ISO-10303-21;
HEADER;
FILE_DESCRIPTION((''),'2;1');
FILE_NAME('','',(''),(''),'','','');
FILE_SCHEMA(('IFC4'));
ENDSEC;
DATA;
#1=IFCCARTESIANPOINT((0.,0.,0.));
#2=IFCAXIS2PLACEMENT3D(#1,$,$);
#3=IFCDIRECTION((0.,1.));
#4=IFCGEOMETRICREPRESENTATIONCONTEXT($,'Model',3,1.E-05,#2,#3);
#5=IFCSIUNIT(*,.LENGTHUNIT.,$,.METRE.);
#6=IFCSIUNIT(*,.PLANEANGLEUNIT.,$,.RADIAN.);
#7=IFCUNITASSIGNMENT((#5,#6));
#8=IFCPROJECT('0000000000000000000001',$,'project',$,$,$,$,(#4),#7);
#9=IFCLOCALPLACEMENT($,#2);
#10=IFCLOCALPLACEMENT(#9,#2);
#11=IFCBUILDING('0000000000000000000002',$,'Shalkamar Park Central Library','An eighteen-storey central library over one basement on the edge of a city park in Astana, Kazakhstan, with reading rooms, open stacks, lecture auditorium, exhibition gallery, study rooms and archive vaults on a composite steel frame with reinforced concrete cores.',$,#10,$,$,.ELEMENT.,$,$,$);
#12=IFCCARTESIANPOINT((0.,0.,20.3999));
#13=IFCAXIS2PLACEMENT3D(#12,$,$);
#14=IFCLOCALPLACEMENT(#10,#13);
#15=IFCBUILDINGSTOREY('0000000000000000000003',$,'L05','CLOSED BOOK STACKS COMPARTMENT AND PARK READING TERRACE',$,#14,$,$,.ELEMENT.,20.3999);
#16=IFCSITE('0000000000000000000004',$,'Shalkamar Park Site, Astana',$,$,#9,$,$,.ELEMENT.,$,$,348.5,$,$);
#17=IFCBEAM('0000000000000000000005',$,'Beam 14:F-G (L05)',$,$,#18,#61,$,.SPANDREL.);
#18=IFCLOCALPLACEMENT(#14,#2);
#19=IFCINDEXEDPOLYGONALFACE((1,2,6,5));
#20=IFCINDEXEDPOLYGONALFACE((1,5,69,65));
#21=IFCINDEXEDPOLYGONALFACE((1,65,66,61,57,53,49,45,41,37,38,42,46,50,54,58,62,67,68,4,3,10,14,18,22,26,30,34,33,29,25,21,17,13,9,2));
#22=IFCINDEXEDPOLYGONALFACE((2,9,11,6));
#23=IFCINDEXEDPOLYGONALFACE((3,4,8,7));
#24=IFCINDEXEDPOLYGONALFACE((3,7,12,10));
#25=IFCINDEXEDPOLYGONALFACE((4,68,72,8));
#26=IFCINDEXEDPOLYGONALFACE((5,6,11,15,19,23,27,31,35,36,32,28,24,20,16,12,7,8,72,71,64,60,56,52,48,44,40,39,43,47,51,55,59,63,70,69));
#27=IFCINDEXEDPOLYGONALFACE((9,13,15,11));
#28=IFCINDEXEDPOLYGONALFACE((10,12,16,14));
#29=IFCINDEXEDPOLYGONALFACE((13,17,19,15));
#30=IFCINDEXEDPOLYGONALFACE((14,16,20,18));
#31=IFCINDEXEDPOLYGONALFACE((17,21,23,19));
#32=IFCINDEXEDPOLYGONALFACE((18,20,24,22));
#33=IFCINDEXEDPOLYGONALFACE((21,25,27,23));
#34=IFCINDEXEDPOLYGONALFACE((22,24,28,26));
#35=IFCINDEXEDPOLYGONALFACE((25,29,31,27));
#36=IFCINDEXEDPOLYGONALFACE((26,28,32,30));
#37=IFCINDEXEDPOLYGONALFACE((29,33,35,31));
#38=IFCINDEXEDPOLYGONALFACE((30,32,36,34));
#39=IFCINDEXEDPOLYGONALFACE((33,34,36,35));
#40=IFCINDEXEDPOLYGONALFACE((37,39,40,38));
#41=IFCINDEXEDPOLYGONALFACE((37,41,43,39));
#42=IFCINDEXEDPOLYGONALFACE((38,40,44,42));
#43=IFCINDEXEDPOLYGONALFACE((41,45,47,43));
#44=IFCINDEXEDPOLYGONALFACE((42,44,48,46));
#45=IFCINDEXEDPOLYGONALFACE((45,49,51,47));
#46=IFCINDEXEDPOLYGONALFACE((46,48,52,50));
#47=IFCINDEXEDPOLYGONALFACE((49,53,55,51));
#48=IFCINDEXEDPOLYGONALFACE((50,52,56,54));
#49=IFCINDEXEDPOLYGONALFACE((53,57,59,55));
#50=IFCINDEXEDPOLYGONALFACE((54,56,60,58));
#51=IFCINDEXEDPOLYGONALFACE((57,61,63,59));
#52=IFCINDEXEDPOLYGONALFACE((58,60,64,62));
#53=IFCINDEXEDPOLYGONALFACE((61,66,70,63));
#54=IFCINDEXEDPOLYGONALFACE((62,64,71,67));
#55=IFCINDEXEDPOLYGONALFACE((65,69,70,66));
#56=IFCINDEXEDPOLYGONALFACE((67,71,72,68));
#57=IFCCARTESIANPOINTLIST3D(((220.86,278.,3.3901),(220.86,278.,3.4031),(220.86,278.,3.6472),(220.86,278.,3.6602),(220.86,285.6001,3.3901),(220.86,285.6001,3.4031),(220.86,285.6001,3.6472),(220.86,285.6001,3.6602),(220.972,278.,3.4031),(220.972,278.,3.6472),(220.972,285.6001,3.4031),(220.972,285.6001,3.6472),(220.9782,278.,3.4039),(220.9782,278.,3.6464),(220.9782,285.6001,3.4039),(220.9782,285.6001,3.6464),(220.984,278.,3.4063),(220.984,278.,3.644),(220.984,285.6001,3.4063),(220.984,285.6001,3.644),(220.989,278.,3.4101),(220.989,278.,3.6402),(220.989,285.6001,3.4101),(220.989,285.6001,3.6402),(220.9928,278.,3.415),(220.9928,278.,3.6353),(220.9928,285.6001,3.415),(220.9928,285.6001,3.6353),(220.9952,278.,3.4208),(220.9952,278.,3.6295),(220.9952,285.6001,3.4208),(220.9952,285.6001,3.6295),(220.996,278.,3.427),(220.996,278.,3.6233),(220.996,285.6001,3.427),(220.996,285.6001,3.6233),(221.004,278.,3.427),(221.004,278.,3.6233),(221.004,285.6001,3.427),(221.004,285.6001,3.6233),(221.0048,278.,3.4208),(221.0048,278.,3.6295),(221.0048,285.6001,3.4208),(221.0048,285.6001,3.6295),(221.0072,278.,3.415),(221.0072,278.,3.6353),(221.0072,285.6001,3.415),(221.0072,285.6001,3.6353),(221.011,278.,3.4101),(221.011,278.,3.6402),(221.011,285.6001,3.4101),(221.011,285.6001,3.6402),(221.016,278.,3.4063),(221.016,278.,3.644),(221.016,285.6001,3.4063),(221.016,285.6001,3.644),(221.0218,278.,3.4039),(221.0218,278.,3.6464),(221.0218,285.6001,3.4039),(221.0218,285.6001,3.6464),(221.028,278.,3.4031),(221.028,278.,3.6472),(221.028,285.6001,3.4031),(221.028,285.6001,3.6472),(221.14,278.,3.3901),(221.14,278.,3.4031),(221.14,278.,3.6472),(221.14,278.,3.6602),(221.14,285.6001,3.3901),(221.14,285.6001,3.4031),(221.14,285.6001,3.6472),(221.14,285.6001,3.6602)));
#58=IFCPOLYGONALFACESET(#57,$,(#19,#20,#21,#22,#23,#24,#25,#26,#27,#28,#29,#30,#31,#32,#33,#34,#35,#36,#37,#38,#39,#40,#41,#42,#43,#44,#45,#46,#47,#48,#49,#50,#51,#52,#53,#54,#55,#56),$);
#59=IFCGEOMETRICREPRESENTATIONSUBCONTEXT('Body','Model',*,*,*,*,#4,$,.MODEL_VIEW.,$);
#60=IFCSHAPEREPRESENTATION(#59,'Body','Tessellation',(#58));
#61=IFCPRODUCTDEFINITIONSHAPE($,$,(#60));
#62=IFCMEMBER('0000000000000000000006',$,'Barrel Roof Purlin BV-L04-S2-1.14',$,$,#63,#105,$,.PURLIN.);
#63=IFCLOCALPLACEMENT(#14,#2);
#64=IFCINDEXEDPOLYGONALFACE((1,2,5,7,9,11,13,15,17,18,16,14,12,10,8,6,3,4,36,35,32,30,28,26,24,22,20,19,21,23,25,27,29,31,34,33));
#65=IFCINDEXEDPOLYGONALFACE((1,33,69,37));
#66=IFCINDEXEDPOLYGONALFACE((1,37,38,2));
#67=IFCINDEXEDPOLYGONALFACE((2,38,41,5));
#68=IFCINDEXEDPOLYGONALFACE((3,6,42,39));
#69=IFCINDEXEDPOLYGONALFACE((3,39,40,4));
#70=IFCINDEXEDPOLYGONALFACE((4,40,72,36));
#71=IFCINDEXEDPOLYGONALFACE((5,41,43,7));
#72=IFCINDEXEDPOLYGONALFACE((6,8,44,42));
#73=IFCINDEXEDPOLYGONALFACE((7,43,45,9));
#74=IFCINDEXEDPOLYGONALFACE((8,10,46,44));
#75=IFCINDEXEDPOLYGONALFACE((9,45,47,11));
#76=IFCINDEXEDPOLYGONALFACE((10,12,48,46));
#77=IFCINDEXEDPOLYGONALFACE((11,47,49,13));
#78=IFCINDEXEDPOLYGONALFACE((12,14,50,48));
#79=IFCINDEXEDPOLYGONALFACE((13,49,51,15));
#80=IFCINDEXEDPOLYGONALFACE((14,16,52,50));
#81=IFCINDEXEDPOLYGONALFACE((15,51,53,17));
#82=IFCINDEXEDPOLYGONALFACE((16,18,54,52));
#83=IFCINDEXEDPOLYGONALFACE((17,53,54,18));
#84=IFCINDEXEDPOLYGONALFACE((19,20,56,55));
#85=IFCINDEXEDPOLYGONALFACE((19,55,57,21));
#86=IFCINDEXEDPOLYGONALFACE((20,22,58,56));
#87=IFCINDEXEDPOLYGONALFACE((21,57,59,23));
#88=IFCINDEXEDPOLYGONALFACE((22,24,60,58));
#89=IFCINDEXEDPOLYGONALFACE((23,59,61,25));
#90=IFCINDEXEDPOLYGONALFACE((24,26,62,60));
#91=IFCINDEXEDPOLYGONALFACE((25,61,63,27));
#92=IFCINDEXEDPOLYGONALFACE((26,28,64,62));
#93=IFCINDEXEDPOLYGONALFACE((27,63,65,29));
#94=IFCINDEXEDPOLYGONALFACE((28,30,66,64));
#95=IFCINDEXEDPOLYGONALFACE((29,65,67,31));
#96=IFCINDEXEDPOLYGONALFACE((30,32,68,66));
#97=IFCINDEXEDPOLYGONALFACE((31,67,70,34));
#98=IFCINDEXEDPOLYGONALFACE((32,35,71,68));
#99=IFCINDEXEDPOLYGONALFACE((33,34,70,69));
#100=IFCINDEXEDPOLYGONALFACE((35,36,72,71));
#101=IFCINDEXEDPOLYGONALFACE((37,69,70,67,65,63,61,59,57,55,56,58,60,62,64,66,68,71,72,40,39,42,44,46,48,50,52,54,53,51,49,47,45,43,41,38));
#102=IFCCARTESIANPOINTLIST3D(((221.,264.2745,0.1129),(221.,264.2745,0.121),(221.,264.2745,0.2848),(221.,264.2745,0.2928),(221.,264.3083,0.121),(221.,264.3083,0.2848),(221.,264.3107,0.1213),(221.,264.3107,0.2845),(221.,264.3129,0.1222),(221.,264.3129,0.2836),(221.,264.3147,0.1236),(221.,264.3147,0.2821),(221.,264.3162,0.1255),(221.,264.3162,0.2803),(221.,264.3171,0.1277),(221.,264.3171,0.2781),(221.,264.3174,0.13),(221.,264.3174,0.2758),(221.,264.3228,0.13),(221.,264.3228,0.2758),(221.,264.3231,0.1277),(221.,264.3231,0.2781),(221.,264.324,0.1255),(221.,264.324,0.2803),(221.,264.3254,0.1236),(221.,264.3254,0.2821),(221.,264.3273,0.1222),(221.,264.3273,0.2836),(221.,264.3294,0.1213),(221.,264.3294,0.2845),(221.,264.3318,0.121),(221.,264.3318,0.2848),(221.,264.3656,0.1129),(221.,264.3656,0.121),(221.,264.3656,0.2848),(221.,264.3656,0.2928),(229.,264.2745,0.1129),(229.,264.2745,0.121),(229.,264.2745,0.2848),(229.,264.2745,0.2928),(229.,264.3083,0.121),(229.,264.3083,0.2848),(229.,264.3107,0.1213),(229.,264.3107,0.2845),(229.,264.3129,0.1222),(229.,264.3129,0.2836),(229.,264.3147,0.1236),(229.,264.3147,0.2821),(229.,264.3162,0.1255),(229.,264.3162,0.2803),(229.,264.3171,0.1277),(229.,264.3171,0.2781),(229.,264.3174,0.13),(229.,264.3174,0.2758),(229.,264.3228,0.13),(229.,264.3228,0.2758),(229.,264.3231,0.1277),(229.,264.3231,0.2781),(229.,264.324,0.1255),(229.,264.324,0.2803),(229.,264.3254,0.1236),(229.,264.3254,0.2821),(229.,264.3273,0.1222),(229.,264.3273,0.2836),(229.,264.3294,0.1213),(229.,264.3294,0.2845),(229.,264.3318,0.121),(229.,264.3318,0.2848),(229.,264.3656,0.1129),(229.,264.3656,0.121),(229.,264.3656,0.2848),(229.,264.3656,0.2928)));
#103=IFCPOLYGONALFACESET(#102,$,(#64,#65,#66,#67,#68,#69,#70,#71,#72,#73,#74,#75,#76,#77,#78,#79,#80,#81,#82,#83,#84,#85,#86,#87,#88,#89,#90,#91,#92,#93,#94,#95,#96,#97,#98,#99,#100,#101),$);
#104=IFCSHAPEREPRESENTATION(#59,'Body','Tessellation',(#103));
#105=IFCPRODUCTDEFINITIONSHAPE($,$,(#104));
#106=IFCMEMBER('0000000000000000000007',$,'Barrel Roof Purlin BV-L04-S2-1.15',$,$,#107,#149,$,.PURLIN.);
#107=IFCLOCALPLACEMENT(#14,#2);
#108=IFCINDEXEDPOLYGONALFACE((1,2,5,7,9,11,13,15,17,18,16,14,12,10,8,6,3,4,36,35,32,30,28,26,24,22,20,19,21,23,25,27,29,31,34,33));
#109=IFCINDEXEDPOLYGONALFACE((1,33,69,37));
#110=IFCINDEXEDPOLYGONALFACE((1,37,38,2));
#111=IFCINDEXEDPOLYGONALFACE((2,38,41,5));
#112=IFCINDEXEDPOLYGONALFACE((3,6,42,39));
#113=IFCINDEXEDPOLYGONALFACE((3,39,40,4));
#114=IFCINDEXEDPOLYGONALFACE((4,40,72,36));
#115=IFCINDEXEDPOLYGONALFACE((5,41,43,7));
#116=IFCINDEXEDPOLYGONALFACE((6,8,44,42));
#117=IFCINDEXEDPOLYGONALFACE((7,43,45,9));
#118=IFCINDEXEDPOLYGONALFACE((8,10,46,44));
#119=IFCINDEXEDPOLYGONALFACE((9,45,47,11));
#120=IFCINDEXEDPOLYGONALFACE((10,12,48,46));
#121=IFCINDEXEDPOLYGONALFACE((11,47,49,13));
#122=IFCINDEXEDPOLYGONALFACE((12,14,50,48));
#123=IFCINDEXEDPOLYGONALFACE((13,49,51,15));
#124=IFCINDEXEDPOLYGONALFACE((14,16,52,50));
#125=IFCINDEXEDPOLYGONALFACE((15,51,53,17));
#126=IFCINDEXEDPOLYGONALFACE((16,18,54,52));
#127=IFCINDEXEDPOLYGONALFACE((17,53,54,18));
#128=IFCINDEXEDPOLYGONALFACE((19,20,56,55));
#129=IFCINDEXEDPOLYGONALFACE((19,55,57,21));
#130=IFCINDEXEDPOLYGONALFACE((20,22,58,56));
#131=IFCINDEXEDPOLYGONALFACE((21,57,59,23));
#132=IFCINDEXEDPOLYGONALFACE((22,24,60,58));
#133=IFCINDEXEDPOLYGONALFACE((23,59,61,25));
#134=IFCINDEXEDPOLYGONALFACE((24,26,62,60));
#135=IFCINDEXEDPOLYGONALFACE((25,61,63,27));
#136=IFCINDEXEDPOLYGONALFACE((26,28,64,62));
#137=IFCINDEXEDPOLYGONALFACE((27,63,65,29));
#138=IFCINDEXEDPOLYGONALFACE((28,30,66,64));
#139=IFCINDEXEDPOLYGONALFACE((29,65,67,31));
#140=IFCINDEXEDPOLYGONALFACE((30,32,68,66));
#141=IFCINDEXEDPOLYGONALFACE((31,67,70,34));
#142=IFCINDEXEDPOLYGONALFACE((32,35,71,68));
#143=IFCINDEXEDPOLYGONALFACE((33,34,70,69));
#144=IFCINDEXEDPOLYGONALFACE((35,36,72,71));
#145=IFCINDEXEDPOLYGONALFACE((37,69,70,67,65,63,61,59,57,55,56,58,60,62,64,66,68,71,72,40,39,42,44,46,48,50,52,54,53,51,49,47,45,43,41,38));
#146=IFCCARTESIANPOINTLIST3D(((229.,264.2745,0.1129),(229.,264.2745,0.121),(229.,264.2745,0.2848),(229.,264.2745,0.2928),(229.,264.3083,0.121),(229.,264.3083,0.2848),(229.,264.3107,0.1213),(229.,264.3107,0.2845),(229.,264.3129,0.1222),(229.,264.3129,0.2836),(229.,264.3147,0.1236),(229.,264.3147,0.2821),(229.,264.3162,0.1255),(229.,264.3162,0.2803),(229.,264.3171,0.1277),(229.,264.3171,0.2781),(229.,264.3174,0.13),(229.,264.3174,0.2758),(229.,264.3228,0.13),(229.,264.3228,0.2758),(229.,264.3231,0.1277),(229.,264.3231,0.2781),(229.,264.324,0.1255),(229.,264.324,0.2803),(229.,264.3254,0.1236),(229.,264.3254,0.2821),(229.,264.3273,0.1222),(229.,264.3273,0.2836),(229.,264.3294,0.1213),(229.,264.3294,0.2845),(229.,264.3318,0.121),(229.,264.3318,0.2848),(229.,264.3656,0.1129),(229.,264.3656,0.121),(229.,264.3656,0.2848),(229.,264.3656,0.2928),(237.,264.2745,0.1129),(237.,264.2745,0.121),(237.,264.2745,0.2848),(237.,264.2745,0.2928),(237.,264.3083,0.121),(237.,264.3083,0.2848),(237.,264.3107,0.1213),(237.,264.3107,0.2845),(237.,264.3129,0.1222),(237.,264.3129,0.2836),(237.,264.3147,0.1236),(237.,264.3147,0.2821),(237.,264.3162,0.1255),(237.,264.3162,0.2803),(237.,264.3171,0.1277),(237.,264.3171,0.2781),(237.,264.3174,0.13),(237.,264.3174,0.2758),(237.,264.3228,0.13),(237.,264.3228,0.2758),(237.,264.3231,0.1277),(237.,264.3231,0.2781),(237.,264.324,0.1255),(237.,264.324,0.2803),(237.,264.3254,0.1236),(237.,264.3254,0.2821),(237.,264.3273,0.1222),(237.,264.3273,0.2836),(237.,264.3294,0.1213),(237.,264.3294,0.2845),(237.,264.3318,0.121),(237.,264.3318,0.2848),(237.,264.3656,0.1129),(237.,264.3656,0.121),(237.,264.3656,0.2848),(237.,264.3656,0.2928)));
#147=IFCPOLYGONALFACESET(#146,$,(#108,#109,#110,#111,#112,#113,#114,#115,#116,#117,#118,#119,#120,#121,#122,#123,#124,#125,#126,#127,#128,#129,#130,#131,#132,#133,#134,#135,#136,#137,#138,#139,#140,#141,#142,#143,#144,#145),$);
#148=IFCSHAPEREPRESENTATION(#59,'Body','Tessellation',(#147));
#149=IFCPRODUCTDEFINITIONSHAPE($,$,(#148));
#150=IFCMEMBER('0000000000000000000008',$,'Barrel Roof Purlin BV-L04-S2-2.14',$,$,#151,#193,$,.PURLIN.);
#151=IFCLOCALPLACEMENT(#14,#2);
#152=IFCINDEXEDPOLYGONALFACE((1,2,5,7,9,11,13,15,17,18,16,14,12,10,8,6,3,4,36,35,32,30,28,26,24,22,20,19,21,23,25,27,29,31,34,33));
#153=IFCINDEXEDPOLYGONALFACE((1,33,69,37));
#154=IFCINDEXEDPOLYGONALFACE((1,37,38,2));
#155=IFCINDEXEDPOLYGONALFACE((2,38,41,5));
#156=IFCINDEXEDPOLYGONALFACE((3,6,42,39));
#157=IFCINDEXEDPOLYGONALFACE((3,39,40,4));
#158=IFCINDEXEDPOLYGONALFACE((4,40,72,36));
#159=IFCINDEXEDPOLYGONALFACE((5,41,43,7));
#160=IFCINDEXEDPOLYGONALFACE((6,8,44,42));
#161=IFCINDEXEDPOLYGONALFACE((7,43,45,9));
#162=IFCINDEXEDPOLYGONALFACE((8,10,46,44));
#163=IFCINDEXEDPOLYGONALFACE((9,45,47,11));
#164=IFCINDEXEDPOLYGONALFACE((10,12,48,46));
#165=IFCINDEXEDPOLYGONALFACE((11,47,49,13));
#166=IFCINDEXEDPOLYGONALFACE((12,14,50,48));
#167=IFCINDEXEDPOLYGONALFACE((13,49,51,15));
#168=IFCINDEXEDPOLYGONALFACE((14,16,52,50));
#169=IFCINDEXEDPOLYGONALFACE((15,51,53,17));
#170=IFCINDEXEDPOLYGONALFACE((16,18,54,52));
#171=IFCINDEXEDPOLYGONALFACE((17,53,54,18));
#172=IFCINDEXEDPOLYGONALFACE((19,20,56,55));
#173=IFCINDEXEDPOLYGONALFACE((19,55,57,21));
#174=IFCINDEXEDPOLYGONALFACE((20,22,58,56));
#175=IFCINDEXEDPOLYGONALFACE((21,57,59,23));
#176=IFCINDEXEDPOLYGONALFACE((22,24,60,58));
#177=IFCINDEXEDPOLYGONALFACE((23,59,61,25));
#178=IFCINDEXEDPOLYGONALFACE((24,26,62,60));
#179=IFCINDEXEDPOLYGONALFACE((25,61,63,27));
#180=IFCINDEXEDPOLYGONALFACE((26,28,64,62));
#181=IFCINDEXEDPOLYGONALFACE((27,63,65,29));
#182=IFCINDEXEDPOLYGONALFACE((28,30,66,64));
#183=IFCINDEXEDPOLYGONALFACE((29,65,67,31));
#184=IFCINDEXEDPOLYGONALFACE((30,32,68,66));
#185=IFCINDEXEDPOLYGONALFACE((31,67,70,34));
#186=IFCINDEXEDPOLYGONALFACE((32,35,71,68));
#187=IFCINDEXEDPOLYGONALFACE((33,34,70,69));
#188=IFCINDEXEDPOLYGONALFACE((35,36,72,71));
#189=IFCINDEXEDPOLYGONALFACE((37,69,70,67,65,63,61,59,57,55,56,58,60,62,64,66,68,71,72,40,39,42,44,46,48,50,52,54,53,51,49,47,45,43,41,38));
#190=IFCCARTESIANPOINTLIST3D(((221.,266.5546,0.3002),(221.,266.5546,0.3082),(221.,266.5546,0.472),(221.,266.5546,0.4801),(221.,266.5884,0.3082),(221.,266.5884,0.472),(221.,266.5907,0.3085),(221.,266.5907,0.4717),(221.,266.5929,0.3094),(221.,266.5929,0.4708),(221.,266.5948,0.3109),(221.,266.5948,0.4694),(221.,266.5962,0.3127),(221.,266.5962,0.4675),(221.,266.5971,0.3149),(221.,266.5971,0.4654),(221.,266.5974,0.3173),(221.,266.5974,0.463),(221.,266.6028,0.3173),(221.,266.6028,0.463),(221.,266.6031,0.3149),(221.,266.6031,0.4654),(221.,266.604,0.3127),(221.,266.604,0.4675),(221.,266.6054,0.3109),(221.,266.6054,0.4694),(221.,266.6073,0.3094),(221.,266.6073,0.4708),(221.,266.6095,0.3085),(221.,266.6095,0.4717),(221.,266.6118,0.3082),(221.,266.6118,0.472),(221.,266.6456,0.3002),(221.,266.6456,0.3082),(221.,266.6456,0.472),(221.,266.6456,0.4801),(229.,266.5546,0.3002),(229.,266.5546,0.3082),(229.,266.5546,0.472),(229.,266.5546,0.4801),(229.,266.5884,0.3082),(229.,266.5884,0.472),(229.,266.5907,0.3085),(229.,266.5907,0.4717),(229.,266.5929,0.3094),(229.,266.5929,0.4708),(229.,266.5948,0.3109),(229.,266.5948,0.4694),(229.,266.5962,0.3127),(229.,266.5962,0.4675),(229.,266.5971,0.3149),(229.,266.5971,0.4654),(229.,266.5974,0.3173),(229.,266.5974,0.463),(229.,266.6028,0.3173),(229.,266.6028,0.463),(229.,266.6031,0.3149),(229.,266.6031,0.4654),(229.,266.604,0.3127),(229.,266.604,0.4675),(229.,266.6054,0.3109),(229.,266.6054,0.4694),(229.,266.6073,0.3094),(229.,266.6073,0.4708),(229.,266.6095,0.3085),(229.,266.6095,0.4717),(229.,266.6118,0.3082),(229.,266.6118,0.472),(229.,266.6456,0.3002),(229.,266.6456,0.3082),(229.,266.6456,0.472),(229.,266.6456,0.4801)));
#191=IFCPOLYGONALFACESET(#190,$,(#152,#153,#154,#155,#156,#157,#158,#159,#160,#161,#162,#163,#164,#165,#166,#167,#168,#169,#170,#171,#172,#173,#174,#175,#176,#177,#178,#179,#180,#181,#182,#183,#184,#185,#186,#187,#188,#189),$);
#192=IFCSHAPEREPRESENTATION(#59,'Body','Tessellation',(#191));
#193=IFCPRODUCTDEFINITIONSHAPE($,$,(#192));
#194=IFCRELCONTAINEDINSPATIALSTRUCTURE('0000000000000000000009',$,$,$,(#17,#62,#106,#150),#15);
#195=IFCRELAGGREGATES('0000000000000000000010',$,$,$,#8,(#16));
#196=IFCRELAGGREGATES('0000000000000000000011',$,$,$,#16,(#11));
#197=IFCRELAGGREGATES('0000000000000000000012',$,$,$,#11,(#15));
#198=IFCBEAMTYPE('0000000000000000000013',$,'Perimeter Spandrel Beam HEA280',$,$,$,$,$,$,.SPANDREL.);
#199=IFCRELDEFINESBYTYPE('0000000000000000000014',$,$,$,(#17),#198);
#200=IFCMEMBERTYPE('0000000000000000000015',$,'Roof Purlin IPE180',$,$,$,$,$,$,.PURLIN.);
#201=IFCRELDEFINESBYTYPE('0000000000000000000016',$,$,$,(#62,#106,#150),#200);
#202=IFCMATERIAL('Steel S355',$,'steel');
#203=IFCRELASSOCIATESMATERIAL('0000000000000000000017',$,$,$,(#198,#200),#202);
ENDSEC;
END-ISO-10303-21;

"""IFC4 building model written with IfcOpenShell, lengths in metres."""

from ifc_helpers import new_model, si_unit, direction, frame, origin, origin_2d, place, context, subcontext, project, spatial, i_section, extrude, material, material_profile, profile_set, type_object, element, save


model = new_model("IFC4")

# Units and contexts
model_context = context("Model", 3, precision=1e-05, world=origin(), true_north=direction((0.0, 1.0)))
body_context = subcontext(model_context, "Body", "Model", "MODEL_VIEW")
ifc_project = project(units=[si_unit("LENGTHUNIT", "METRE"), si_unit("PLANEANGLEUNIT", "RADIAN")], contexts=[model_context])

# Site, building, storey
site_placement = place(None, origin())
site = spatial("IfcSite", under=ifc_project, at=site_placement, Name="Shalkamar Park Site, Astana", CompositionType="ELEMENT", RefElevation=348.5)
building_placement = place(site_placement, origin())
building = spatial("IfcBuilding", under=site, at=building_placement, Name="Shalkamar Park Central Library", Description="An eighteen-storey central library over one basement on the edge of a city park in Astana, Kazakhstan, with reading rooms, open stacks, lecture auditorium, exhibition gallery, study rooms and archive vaults on a composite steel frame with reinforced concrete cores.", CompositionType="ELEMENT")
storey_placement = place(building_placement, frame((0.0, 0.0, 20.3999)))
storey = spatial("IfcBuildingStorey", under=building, at=storey_placement, Name="L05", Description="CLOSED BOOK STACKS COMPARTMENT AND PARK READING TERRACE", CompositionType="ELEMENT", Elevation=20.3999)

# Shared definitions
ifc_material_1 = material(Name="Steel S355", Category="steel")

# Beam
ifc_material_profile_1 = material_profile(ifc_material_1, i_section(OverallWidth=0.28, OverallDepth=0.27, WebThickness=0.0081, FlangeThickness=0.0129, FilletRadius=0.0239, at=origin_2d()), Name="HEA 280")
ifc_profile_set_1 = profile_set([ifc_material_profile_1], Name="Steel S355")
beam_type = type_object("IfcBeamType", Name="Perimeter Spandrel Beam HEA280", PredefinedType="SPANDREL", material=ifc_profile_set_1)
for number, where, z_axis, x_axis, name in (
    (1, (221.0, 278.0, 3.5251), (0.0, 1.0, 0.0), (-1.0, 0.0, 0.0), "Beam 14:F-G (L05)"),
):
    element("IfcBeam", number, at=place(storey_placement, frame(where, z_axis=z_axis, x_axis=x_axis)), inside=storey, type_object=beam_type, Name=name, PredefinedType="SPANDREL", context=body_context, shape_type="SweptSolid", body=[
        extrude(i_section(OverallWidth=0.28, OverallDepth=0.27, WebThickness=0.0081, FlangeThickness=0.0129, FilletRadius=0.0239, at=origin_2d()), origin(), (0.0, 0.0, 1.0), 7.6001),
    ])

# Members
ifc_material_profile_2 = material_profile(ifc_material_1, i_section(OverallWidth=0.0911, OverallDepth=0.1799, WebThickness=0.0054, FlangeThickness=0.0081, FilletRadius=0.009, at=origin_2d()), Name="IPE 180")
ifc_profile_set_2 = profile_set([ifc_material_profile_2], Name="Steel S355")
member_type_1 = type_object("IfcMemberType", Name="Roof Purlin IPE180", PredefinedType="PURLIN", material=ifc_profile_set_2)
for number, where, z_axis, x_axis, name in (
    (2, (221.0, 264.3201, 0.2029), (1.0, 0.0, 0.0), (0.0, 1.0, 0.0), "Barrel Roof Purlin BV-L04-S2-1.14"),
    (3, (229.0, 264.3201, 0.2029), (1.0, 0.0, 0.0), (0.0, 1.0, 0.0), "Barrel Roof Purlin BV-L04-S2-1.15"),
    (4, (221.0, 266.6001, 0.3901), (1.0, 0.0, 0.0), (0.0, 1.0, 0.0), "Barrel Roof Purlin BV-L04-S2-2.14"),
):
    element("IfcMember", number, at=place(storey_placement, frame(where, z_axis=z_axis, x_axis=x_axis)), inside=storey, type_object=member_type_1, Name=name, PredefinedType="PURLIN", context=body_context, shape_type="SweptSolid", body=[
        extrude(i_section(OverallWidth=0.0911, OverallDepth=0.1799, WebThickness=0.0054, FlangeThickness=0.0081, FilletRadius=0.009, at=origin_2d()), origin(), (0.0, 0.0, 1.0), 8.0),
    ])

save(model, "model.ifc")
